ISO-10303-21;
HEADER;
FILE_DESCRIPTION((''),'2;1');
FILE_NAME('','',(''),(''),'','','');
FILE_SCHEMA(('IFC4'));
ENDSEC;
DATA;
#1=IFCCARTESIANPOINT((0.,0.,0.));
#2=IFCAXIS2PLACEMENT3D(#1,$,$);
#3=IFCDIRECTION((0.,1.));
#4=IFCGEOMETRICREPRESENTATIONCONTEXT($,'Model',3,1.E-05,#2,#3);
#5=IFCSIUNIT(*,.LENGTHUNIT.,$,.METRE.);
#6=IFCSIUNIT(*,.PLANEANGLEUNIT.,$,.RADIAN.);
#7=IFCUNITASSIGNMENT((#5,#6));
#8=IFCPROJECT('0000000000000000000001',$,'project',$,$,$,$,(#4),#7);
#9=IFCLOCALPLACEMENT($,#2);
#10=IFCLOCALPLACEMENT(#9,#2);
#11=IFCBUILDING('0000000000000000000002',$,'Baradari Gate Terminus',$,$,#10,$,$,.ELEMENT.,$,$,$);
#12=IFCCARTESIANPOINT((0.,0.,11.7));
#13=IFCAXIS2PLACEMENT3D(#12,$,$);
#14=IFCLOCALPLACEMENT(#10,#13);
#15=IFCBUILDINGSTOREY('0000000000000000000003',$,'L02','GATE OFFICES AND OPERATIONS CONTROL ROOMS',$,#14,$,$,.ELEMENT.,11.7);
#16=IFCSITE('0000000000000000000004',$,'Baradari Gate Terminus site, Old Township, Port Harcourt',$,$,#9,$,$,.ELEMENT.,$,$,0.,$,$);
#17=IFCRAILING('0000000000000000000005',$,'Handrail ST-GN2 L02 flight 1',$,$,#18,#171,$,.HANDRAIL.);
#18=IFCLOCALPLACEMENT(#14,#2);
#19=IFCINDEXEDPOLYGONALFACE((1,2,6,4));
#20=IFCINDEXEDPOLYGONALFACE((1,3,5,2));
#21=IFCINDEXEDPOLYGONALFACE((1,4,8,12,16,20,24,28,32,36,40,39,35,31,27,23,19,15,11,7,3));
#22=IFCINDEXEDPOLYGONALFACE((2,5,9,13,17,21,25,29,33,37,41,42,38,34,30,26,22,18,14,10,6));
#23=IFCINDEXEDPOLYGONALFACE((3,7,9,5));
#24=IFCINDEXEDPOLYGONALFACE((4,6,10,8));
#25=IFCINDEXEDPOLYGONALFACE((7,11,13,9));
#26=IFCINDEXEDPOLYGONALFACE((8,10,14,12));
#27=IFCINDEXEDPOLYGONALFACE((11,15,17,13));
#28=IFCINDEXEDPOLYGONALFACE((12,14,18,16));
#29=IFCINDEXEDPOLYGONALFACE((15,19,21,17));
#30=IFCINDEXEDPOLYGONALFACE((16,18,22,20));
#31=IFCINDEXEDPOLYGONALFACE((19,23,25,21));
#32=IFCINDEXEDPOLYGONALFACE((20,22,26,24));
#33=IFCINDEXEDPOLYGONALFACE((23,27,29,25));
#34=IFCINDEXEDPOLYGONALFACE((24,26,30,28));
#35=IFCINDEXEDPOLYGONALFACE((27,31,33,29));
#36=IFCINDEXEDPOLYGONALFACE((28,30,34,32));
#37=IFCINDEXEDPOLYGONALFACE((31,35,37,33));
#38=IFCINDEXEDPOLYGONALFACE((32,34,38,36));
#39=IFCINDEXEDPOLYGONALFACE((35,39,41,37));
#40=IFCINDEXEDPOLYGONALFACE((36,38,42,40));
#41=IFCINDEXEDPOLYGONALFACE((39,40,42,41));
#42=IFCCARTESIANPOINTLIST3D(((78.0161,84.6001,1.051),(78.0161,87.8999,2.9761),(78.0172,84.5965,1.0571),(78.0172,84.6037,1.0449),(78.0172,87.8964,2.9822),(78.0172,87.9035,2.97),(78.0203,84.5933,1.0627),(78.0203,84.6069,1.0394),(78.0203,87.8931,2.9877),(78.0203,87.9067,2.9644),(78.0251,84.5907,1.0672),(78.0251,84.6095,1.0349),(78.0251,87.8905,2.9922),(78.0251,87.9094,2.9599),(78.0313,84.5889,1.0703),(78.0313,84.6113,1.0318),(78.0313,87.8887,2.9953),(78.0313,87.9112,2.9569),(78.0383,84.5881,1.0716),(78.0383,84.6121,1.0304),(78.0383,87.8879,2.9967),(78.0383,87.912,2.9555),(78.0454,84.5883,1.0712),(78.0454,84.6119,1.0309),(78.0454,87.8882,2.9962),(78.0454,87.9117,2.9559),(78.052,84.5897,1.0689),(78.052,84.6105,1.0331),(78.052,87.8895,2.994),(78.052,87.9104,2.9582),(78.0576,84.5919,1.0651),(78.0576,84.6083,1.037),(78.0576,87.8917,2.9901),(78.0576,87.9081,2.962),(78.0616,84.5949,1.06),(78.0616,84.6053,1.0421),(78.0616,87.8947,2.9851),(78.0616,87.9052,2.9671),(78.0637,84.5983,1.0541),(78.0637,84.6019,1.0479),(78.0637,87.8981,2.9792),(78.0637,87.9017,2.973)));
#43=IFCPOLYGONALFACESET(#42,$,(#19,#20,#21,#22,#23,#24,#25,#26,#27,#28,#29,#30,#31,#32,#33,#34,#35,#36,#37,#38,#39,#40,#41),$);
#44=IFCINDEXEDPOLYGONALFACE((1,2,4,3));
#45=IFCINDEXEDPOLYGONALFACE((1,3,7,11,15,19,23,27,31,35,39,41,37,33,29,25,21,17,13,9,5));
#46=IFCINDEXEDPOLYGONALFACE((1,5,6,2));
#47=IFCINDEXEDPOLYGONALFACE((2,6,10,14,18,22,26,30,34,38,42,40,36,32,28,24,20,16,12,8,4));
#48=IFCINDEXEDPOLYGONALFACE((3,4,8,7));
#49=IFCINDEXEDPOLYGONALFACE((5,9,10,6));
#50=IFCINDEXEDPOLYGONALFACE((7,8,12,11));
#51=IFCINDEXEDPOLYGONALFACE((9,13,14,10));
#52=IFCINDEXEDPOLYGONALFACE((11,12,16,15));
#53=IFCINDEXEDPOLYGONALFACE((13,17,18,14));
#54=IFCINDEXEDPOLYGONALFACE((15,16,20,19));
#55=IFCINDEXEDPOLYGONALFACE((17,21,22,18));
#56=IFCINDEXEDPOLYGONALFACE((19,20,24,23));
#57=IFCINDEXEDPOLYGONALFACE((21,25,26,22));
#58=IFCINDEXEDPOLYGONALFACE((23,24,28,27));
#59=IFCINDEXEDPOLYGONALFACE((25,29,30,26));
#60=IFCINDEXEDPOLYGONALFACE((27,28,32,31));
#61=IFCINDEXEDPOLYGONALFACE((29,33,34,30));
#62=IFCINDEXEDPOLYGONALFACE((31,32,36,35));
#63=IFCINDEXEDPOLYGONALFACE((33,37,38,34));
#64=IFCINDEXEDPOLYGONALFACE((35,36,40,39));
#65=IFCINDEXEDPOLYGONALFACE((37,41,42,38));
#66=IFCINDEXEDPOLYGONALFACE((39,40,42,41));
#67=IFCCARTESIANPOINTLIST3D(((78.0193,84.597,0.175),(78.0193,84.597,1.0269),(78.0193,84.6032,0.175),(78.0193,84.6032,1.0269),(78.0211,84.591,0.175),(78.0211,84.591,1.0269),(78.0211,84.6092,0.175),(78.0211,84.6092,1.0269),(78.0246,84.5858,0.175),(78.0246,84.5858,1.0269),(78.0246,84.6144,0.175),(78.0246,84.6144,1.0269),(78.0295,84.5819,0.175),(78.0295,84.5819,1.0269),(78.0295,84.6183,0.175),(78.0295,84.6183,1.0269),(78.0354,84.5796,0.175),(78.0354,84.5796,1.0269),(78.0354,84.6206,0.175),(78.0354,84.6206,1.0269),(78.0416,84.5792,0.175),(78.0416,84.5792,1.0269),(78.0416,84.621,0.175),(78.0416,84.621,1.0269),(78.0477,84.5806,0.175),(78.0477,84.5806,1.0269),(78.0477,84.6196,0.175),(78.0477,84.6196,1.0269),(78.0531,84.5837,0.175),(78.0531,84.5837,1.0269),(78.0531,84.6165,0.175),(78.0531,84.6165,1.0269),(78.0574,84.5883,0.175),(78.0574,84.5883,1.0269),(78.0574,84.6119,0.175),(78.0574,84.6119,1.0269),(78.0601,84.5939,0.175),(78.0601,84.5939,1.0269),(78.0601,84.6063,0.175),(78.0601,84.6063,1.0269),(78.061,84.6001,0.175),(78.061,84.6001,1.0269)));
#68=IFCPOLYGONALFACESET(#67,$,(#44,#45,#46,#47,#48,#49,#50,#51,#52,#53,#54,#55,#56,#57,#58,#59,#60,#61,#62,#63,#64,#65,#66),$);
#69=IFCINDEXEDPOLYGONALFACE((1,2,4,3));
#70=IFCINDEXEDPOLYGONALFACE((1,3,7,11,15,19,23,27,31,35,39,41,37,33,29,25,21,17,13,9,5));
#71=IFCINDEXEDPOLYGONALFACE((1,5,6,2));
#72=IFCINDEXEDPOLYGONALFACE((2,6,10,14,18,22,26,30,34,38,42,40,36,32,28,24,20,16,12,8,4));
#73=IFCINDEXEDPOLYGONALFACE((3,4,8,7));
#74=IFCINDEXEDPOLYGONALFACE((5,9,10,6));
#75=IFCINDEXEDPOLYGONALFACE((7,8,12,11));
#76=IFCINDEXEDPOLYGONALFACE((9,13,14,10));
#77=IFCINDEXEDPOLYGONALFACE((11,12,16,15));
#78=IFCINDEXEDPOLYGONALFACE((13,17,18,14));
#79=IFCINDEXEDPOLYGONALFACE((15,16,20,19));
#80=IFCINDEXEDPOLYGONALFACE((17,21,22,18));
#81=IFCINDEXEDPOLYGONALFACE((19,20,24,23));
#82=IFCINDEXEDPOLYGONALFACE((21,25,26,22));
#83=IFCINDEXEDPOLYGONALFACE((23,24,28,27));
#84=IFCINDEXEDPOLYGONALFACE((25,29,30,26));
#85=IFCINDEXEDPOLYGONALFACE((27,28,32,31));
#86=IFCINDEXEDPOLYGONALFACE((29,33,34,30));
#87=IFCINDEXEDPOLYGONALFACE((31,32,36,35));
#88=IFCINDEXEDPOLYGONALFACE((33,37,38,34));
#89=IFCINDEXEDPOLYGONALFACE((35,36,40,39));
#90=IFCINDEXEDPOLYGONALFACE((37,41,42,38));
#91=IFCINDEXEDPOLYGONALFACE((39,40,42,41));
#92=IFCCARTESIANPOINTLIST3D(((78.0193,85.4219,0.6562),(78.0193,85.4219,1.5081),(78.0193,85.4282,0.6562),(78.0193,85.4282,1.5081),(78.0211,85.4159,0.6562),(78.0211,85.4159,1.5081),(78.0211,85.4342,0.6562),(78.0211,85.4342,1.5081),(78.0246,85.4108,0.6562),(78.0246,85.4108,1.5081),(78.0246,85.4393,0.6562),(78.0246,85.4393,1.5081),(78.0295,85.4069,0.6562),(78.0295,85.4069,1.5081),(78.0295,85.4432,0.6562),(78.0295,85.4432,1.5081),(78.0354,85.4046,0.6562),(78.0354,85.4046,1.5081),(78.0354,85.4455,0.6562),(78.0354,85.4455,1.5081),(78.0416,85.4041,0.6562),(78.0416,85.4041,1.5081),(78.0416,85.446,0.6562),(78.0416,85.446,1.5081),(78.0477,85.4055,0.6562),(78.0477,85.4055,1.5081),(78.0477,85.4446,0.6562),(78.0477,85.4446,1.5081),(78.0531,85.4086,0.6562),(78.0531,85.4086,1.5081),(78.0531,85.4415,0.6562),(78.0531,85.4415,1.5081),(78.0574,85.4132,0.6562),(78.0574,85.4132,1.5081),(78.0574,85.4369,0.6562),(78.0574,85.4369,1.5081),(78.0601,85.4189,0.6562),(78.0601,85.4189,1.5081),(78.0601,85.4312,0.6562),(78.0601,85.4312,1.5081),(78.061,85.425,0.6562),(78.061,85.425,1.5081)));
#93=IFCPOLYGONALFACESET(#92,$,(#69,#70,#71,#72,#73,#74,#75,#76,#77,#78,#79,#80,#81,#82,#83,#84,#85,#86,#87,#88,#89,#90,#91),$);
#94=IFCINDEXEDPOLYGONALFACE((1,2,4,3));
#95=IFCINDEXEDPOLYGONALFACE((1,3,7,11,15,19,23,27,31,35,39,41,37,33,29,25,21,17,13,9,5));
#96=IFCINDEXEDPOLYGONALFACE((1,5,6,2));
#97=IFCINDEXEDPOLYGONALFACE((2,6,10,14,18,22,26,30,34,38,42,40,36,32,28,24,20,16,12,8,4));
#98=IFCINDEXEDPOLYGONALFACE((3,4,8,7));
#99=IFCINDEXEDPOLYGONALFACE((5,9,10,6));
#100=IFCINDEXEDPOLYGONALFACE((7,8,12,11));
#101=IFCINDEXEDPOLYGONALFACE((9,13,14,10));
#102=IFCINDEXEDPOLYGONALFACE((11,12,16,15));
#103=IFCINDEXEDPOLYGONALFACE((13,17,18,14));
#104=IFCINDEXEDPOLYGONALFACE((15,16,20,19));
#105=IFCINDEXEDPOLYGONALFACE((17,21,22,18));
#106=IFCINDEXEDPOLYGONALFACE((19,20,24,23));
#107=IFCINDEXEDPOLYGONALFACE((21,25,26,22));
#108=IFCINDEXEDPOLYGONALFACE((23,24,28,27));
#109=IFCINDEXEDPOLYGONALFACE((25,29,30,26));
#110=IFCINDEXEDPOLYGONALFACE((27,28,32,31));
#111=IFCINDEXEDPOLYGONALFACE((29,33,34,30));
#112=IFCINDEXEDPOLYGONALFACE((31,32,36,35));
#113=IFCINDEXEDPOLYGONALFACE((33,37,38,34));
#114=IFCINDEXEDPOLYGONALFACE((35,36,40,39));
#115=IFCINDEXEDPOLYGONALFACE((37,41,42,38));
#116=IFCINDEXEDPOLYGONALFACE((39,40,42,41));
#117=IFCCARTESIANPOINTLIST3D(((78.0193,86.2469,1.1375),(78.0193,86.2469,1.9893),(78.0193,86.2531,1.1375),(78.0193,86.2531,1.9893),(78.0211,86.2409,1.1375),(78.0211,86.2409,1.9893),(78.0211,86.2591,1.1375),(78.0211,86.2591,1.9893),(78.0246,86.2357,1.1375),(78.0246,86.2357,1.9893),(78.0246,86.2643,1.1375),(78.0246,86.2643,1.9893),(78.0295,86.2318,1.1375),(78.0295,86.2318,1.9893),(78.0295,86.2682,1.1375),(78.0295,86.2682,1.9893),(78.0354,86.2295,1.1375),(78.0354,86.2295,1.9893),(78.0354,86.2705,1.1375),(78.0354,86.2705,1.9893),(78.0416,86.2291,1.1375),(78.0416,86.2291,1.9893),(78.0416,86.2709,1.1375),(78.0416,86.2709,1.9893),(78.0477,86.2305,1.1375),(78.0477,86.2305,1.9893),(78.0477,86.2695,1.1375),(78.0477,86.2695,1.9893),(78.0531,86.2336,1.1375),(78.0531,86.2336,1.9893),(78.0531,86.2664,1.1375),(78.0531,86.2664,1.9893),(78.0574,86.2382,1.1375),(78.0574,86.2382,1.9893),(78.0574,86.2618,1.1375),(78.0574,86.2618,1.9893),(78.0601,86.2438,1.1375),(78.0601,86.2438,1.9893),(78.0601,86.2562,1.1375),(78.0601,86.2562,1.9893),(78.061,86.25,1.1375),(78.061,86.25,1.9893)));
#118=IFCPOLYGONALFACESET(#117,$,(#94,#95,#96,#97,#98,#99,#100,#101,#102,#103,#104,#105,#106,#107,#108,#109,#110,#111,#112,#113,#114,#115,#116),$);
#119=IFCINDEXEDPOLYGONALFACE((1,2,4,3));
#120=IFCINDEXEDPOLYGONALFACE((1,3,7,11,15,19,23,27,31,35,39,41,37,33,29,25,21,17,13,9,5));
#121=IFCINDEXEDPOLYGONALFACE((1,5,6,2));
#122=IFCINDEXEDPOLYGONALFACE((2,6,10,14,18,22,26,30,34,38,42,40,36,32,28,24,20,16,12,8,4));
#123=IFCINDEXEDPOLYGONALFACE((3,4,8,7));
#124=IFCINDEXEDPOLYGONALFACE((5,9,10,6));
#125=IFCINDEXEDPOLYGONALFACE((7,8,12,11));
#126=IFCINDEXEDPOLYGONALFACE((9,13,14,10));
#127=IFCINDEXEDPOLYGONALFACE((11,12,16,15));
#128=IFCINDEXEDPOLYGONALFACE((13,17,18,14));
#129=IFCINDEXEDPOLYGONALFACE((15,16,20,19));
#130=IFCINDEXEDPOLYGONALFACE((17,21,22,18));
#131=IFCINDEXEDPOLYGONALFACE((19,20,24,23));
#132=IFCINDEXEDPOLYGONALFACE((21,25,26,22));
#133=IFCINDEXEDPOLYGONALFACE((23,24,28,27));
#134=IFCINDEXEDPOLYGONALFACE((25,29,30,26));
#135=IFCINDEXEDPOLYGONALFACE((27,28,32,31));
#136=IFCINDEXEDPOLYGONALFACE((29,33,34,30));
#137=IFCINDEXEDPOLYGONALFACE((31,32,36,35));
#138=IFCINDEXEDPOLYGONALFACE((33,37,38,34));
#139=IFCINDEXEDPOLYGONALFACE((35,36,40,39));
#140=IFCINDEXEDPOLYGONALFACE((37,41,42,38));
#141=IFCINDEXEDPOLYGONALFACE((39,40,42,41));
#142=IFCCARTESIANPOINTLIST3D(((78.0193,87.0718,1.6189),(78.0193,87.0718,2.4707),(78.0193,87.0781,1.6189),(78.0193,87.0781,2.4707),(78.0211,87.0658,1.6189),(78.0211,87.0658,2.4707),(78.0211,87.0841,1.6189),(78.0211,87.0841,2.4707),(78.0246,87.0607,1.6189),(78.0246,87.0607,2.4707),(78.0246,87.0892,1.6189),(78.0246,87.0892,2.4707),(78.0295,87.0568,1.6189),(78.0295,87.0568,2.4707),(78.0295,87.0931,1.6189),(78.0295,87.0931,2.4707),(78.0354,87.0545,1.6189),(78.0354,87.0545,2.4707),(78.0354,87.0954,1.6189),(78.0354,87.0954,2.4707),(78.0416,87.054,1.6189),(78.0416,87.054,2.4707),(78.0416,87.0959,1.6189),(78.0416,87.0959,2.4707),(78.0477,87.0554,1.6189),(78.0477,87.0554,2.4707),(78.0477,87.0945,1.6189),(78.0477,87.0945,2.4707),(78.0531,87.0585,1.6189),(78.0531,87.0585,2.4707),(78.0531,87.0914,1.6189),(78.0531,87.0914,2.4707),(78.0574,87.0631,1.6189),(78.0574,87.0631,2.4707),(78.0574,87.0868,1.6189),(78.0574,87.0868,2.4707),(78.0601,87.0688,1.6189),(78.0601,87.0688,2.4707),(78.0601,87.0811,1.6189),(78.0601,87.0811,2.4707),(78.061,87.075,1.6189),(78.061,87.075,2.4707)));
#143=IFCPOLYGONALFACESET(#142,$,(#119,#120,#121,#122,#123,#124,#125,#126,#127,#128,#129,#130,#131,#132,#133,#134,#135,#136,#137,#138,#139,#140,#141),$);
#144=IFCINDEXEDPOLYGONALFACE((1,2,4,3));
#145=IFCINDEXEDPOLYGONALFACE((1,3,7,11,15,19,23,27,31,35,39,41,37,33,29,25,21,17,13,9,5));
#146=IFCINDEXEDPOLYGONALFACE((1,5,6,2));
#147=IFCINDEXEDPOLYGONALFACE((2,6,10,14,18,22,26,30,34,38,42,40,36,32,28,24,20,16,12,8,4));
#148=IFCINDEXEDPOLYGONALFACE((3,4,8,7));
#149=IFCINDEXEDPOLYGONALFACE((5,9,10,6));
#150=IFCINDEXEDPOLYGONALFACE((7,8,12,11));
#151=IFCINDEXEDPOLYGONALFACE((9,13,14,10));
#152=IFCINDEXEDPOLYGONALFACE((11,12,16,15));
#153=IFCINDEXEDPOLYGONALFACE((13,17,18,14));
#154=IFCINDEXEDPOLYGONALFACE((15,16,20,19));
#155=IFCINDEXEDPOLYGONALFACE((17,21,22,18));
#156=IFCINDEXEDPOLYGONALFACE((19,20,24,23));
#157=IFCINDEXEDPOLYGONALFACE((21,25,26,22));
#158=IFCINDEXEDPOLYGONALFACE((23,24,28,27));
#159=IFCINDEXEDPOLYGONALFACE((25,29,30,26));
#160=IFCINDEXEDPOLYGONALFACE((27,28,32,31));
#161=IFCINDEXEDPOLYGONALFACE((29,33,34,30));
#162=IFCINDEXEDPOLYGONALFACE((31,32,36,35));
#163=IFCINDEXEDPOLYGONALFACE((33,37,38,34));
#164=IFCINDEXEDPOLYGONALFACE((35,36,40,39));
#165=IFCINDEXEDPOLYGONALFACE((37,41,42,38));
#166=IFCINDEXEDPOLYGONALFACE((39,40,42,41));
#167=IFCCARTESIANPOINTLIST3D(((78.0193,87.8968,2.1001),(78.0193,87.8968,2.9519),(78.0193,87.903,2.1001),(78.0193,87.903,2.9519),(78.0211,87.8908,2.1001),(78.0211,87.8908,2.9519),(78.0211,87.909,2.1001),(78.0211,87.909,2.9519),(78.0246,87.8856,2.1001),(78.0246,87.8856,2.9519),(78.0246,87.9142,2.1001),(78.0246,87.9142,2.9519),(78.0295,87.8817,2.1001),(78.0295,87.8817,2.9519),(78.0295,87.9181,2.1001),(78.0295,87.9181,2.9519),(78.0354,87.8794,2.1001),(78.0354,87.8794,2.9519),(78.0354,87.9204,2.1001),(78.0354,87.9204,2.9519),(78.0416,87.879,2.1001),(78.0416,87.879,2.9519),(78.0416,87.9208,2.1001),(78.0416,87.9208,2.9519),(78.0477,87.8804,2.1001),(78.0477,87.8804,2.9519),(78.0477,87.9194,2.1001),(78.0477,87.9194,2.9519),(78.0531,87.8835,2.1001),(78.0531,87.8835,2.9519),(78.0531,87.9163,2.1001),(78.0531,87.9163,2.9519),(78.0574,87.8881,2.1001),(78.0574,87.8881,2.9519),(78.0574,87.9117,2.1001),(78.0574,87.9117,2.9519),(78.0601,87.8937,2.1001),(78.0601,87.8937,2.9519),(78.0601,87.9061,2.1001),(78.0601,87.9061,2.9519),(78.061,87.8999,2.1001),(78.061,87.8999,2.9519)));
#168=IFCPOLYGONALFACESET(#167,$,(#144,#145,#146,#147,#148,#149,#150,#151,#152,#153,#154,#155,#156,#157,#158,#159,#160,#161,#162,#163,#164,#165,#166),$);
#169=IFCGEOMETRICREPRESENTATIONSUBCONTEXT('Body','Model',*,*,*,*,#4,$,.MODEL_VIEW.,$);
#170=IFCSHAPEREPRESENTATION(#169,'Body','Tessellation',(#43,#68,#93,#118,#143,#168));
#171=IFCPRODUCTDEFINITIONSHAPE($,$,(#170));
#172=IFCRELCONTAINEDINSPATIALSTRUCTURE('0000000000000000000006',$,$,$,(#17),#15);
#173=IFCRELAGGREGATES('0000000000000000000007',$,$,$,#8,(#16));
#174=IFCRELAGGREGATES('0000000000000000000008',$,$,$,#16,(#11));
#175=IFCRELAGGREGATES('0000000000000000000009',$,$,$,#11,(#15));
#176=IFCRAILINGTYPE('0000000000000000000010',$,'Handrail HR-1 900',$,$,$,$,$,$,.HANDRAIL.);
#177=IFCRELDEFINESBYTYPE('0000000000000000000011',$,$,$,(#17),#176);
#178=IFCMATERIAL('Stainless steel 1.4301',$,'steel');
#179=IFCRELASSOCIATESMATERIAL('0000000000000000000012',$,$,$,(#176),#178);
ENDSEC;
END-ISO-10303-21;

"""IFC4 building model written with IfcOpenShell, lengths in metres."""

from ifc_helpers import new_model, si_unit, direction, frame, origin, origin_2d, place, context, subcontext, project, spatial, circle, extrude, material, type_object, element, save


model = new_model("IFC4")

# Units and contexts
model_context = context("Model", 3, precision=1e-05, world=origin(), true_north=direction((0.0, 1.0)))
body_context = subcontext(model_context, "Body", "Model", "MODEL_VIEW")
ifc_project = project(units=[si_unit("LENGTHUNIT", "METRE"), si_unit("PLANEANGLEUNIT", "RADIAN")], contexts=[model_context])

# Site, building, storey
site_placement = place(None, origin())
site = spatial("IfcSite", under=ifc_project, at=site_placement, Name="Baradari Gate Terminus site, Old Township, Port Harcourt", CompositionType="ELEMENT", RefElevation=0.0)
building_placement = place(site_placement, origin())
building = spatial("IfcBuilding", under=site, at=building_placement, Name="Baradari Gate Terminus", CompositionType="ELEMENT")
storey_placement = place(building_placement, frame((0.0, 0.0, 11.7)))
storey = spatial("IfcBuildingStorey", under=building, at=storey_placement, Name="L02", Description="GATE OFFICES AND OPERATIONS CONTROL ROOMS", CompositionType="ELEMENT", Elevation=11.7)

# Railing
ifc_material_1 = material(Name="Stainless steel 1.4301", Category="steel")
railing_type = type_object("IfcRailingType", Name="Handrail HR-1 900", PredefinedType="HANDRAIL", material=ifc_material_1)
for number, where, name in (
    (1, (78.04, 84.6001, 0.175), "Handrail ST-GN2 L02 flight 1"),
):
    element("IfcRailing", number, at=place(storey_placement, frame(where)), inside=storey, type_object=railing_type, Name=name, PredefinedType="HANDRAIL", context=body_context, shape_type="SweptSolid", body=[
        extrude(circle(Radius=0.0239, at=origin_2d()), frame((0.0, 0.0, 0.876), z_axis=(0.0, 0.86376, 0.503903), x_axis=(-1.0, 0.0, 0.0)), (0.0, 0.0, 1.0), 3.8203),
        extrude(circle(Radius=0.021, at=origin_2d()), origin(), (0.0, 0.0, 1.0), 0.8518),
        extrude(circle(Radius=0.021, at=origin_2d()), frame((0.0, 0.825, 0.4812)), (0.0, 0.0, 1.0), 0.8518),
        extrude(circle(Radius=0.021, at=origin_2d()), frame((0.0, 1.6499, 0.9624)), (0.0, 0.0, 1.0), 0.8518),
        extrude(circle(Radius=0.021, at=origin_2d()), frame((0.0, 2.4749, 1.4438)), (0.0, 0.0, 1.0), 0.8518),
        extrude(circle(Radius=0.021, at=origin_2d()), frame((0.0, 3.2998, 1.925)), (0.0, 0.0, 1.0), 0.8518),
    ])

save(model, "model.ifc")
